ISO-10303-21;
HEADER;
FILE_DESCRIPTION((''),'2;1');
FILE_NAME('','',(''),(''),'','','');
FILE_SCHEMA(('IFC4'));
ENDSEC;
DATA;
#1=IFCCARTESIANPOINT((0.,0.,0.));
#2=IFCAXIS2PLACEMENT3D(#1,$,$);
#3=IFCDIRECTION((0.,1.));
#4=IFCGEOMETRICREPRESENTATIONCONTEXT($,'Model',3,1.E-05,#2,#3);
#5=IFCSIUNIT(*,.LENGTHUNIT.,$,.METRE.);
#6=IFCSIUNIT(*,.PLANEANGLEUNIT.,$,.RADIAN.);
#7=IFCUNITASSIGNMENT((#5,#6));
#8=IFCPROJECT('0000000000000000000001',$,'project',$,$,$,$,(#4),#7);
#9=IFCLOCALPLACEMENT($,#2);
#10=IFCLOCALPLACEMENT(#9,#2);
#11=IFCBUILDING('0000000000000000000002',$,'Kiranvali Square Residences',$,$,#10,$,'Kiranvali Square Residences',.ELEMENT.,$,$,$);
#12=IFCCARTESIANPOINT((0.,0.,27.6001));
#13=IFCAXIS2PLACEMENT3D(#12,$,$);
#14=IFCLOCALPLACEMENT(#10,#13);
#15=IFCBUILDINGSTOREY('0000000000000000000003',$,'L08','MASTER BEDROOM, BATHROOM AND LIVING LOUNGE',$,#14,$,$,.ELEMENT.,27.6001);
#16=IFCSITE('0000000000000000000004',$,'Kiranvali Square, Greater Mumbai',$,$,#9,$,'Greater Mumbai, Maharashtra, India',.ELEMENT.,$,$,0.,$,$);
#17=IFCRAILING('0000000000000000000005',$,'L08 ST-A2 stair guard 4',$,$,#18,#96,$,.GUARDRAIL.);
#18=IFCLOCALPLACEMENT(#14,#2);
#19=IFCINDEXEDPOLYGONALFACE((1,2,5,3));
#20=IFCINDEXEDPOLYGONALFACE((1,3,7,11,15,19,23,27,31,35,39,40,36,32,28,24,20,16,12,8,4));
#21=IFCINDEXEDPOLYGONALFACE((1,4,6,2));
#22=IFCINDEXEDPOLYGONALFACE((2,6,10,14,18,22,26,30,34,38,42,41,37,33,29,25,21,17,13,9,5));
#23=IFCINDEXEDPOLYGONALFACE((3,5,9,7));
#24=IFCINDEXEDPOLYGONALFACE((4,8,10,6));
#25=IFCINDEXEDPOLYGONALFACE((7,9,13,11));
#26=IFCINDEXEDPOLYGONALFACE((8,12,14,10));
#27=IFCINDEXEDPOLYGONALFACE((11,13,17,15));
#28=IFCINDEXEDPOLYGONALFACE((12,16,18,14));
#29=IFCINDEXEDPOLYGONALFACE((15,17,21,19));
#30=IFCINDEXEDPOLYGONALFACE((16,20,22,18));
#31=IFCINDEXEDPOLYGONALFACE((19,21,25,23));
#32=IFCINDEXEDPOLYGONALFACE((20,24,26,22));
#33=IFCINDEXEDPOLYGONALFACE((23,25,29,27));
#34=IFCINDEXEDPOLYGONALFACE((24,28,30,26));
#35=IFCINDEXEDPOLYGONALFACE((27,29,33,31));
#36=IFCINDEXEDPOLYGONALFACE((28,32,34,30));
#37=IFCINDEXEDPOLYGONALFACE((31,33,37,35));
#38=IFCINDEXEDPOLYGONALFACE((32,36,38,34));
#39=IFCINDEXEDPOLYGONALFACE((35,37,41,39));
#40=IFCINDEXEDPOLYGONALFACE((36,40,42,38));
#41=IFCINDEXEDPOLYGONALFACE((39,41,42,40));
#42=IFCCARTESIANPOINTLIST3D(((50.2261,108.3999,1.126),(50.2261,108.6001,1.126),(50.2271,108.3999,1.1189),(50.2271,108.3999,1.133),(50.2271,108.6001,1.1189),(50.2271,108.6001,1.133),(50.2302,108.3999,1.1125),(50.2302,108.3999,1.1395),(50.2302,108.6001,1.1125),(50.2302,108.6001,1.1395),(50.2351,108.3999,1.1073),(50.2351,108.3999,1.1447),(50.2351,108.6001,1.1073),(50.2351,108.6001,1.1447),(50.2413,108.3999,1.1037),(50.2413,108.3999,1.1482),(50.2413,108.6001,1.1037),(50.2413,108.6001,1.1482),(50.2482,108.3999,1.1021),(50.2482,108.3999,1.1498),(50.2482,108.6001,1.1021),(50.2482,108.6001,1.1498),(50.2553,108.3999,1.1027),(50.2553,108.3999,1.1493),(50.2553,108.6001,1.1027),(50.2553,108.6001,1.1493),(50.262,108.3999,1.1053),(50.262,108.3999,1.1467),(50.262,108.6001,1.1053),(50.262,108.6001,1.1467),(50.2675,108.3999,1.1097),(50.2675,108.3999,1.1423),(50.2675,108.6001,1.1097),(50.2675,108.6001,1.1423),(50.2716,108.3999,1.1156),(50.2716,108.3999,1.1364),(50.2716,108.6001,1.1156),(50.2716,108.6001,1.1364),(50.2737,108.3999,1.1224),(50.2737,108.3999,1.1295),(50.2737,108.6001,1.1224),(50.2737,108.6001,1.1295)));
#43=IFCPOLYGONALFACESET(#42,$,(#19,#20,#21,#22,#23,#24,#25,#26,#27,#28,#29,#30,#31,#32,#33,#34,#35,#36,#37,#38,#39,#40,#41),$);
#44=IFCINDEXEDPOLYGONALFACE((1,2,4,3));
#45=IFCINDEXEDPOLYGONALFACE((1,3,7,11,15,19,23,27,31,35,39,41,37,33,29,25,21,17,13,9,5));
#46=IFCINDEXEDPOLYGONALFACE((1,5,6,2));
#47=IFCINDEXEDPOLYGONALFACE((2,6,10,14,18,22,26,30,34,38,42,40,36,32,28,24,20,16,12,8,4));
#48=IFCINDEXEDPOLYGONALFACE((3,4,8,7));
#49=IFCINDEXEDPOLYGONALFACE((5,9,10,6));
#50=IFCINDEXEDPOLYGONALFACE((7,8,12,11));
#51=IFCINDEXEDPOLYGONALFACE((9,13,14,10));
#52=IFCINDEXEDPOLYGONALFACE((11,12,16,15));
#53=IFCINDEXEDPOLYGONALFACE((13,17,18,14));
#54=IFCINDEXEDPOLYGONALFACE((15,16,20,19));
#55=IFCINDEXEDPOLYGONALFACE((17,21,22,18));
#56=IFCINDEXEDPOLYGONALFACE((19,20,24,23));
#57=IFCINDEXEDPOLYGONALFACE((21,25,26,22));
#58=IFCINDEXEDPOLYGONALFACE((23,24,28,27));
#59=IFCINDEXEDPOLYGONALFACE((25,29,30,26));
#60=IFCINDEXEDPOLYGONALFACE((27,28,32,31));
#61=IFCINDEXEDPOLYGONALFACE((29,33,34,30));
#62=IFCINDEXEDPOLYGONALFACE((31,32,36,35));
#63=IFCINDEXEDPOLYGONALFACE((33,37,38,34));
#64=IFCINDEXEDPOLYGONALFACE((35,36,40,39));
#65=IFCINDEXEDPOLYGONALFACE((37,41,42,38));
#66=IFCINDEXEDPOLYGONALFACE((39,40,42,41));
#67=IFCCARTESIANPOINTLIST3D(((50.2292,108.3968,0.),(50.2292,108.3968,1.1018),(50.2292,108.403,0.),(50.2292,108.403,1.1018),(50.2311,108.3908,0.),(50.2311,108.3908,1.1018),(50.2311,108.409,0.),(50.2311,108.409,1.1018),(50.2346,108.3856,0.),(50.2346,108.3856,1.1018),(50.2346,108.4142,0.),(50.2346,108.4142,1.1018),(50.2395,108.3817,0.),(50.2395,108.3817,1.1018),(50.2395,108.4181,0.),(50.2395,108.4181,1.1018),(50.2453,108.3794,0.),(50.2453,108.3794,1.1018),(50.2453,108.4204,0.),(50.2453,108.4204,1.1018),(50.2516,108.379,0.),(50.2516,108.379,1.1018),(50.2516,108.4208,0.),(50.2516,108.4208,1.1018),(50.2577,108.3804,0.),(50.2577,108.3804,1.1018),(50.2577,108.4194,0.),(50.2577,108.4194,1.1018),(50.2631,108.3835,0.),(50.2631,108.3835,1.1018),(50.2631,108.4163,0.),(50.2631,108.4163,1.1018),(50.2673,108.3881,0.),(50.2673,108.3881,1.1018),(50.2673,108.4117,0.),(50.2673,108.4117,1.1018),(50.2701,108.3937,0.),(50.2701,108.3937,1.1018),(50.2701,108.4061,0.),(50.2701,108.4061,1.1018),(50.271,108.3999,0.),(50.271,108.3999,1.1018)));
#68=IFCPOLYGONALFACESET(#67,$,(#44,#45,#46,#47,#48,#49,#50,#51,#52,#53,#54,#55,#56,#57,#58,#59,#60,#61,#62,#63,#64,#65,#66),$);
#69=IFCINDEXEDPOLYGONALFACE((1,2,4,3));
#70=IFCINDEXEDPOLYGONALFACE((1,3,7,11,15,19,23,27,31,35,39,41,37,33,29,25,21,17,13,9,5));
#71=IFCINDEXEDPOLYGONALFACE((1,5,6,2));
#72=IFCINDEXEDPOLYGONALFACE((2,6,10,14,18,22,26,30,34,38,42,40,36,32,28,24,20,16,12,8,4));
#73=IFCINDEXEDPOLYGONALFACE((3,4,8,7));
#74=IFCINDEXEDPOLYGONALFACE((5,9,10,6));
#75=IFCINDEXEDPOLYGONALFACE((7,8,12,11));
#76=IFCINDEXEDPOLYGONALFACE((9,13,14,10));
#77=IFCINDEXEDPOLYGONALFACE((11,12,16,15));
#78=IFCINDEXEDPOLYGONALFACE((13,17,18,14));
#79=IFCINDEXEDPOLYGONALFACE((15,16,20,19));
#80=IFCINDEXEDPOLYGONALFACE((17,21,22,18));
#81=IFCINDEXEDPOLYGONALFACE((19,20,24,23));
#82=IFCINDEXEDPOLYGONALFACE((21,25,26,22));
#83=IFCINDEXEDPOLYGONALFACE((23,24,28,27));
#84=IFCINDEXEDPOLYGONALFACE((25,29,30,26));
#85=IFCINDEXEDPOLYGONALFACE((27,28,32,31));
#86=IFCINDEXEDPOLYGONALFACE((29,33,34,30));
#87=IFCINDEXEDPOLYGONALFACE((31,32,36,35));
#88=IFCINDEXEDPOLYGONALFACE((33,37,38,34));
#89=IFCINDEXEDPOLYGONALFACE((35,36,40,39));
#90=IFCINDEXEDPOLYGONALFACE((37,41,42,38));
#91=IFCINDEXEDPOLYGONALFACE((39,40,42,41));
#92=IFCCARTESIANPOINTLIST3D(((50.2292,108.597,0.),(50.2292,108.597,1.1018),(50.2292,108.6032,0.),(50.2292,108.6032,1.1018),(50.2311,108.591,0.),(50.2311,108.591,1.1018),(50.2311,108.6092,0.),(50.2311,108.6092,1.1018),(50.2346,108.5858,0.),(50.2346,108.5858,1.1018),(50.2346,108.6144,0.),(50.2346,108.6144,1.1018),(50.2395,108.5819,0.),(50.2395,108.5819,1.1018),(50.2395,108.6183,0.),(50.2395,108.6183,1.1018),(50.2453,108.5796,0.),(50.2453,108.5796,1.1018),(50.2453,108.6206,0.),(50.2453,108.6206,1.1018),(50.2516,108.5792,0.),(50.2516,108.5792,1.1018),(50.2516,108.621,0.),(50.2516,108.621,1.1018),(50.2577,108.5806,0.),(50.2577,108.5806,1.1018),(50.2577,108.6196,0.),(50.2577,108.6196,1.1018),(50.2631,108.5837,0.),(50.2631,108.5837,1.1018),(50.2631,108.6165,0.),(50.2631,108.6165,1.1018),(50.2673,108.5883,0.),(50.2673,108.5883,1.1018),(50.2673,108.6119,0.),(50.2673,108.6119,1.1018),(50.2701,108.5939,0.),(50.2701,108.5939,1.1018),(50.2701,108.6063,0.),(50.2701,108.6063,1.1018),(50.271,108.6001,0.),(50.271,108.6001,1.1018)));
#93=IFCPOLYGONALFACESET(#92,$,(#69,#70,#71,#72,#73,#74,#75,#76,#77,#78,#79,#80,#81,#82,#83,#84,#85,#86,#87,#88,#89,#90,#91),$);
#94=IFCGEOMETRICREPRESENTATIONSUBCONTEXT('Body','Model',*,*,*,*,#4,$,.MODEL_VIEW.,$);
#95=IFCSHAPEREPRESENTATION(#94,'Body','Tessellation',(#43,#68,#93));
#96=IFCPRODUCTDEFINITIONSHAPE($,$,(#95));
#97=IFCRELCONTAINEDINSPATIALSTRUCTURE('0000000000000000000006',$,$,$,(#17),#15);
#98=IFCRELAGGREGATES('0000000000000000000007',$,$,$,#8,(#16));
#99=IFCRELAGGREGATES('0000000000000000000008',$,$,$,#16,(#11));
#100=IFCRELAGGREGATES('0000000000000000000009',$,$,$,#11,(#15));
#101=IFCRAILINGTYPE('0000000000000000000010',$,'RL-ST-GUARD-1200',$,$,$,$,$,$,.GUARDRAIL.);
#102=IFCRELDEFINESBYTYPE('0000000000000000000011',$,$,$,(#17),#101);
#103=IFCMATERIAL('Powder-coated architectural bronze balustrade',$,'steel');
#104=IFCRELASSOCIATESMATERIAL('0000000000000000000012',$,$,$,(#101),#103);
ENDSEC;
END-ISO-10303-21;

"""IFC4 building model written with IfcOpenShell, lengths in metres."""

from ifc_helpers import new_model, si_unit, direction, frame, origin, origin_2d, place, context, subcontext, project, spatial, circle, extrude, material, type_object, element, save


model = new_model("IFC4")

# Units and contexts
model_context = context("Model", 3, precision=1e-05, world=origin(), true_north=direction((0.0, 1.0)))
body_context = subcontext(model_context, "Body", "Model", "MODEL_VIEW")
ifc_project = project(units=[si_unit("LENGTHUNIT", "METRE"), si_unit("PLANEANGLEUNIT", "RADIAN")], contexts=[model_context])

# Site, building, storey
site_placement = place(None, origin())
site = spatial("IfcSite", under=ifc_project, at=site_placement, Name="Kiranvali Square, Greater Mumbai", LongName="Greater Mumbai, Maharashtra, India", CompositionType="ELEMENT", RefElevation=0.0)
building_placement = place(site_placement, origin())
building = spatial("IfcBuilding", under=site, at=building_placement, Name="Kiranvali Square Residences", LongName="Kiranvali Square Residences", CompositionType="ELEMENT")
storey_placement = place(building_placement, frame((0.0, 0.0, 27.6001)))
storey = spatial("IfcBuildingStorey", under=building, at=storey_placement, Name="L08", Description="MASTER BEDROOM, BATHROOM AND LIVING LOUNGE", CompositionType="ELEMENT", Elevation=27.6001)

# Railing
ifc_material_1 = material(Name="Powder-coated architectural bronze balustrade", Category="steel")
railing_type_1 = type_object("IfcRailingType", Name="RL-ST-GUARD-1200", PredefinedType="GUARDRAIL", material=ifc_material_1)
railing_1_placement = place(storey_placement, frame((50.25, 108.3999, 0.0)))
element("IfcRailing", 1, at=railing_1_placement, inside=storey, type_object=railing_type_1, Name="L08 ST-A2 stair guard 4", PredefinedType="GUARDRAIL", context=body_context, shape_type="SweptSolid", body=[
    extrude(circle(Radius=0.0239, at=origin_2d()), frame((0.0, 0.0, 1.126), z_axis=(0.0, 1.0, 0.0), x_axis=(-1.0, 0.0, 0.0)), (0.0, 0.0, 1.0), 0.2002),
    extrude(circle(Radius=0.021, at=origin_2d()), origin(), (0.0, 0.0, 1.0), 1.1018),
    extrude(circle(Radius=0.021, at=origin_2d()), frame((0.0, 0.2002, 0.0)), (0.0, 0.0, 1.0), 1.1018),
])

save(model, "model.ifc")
